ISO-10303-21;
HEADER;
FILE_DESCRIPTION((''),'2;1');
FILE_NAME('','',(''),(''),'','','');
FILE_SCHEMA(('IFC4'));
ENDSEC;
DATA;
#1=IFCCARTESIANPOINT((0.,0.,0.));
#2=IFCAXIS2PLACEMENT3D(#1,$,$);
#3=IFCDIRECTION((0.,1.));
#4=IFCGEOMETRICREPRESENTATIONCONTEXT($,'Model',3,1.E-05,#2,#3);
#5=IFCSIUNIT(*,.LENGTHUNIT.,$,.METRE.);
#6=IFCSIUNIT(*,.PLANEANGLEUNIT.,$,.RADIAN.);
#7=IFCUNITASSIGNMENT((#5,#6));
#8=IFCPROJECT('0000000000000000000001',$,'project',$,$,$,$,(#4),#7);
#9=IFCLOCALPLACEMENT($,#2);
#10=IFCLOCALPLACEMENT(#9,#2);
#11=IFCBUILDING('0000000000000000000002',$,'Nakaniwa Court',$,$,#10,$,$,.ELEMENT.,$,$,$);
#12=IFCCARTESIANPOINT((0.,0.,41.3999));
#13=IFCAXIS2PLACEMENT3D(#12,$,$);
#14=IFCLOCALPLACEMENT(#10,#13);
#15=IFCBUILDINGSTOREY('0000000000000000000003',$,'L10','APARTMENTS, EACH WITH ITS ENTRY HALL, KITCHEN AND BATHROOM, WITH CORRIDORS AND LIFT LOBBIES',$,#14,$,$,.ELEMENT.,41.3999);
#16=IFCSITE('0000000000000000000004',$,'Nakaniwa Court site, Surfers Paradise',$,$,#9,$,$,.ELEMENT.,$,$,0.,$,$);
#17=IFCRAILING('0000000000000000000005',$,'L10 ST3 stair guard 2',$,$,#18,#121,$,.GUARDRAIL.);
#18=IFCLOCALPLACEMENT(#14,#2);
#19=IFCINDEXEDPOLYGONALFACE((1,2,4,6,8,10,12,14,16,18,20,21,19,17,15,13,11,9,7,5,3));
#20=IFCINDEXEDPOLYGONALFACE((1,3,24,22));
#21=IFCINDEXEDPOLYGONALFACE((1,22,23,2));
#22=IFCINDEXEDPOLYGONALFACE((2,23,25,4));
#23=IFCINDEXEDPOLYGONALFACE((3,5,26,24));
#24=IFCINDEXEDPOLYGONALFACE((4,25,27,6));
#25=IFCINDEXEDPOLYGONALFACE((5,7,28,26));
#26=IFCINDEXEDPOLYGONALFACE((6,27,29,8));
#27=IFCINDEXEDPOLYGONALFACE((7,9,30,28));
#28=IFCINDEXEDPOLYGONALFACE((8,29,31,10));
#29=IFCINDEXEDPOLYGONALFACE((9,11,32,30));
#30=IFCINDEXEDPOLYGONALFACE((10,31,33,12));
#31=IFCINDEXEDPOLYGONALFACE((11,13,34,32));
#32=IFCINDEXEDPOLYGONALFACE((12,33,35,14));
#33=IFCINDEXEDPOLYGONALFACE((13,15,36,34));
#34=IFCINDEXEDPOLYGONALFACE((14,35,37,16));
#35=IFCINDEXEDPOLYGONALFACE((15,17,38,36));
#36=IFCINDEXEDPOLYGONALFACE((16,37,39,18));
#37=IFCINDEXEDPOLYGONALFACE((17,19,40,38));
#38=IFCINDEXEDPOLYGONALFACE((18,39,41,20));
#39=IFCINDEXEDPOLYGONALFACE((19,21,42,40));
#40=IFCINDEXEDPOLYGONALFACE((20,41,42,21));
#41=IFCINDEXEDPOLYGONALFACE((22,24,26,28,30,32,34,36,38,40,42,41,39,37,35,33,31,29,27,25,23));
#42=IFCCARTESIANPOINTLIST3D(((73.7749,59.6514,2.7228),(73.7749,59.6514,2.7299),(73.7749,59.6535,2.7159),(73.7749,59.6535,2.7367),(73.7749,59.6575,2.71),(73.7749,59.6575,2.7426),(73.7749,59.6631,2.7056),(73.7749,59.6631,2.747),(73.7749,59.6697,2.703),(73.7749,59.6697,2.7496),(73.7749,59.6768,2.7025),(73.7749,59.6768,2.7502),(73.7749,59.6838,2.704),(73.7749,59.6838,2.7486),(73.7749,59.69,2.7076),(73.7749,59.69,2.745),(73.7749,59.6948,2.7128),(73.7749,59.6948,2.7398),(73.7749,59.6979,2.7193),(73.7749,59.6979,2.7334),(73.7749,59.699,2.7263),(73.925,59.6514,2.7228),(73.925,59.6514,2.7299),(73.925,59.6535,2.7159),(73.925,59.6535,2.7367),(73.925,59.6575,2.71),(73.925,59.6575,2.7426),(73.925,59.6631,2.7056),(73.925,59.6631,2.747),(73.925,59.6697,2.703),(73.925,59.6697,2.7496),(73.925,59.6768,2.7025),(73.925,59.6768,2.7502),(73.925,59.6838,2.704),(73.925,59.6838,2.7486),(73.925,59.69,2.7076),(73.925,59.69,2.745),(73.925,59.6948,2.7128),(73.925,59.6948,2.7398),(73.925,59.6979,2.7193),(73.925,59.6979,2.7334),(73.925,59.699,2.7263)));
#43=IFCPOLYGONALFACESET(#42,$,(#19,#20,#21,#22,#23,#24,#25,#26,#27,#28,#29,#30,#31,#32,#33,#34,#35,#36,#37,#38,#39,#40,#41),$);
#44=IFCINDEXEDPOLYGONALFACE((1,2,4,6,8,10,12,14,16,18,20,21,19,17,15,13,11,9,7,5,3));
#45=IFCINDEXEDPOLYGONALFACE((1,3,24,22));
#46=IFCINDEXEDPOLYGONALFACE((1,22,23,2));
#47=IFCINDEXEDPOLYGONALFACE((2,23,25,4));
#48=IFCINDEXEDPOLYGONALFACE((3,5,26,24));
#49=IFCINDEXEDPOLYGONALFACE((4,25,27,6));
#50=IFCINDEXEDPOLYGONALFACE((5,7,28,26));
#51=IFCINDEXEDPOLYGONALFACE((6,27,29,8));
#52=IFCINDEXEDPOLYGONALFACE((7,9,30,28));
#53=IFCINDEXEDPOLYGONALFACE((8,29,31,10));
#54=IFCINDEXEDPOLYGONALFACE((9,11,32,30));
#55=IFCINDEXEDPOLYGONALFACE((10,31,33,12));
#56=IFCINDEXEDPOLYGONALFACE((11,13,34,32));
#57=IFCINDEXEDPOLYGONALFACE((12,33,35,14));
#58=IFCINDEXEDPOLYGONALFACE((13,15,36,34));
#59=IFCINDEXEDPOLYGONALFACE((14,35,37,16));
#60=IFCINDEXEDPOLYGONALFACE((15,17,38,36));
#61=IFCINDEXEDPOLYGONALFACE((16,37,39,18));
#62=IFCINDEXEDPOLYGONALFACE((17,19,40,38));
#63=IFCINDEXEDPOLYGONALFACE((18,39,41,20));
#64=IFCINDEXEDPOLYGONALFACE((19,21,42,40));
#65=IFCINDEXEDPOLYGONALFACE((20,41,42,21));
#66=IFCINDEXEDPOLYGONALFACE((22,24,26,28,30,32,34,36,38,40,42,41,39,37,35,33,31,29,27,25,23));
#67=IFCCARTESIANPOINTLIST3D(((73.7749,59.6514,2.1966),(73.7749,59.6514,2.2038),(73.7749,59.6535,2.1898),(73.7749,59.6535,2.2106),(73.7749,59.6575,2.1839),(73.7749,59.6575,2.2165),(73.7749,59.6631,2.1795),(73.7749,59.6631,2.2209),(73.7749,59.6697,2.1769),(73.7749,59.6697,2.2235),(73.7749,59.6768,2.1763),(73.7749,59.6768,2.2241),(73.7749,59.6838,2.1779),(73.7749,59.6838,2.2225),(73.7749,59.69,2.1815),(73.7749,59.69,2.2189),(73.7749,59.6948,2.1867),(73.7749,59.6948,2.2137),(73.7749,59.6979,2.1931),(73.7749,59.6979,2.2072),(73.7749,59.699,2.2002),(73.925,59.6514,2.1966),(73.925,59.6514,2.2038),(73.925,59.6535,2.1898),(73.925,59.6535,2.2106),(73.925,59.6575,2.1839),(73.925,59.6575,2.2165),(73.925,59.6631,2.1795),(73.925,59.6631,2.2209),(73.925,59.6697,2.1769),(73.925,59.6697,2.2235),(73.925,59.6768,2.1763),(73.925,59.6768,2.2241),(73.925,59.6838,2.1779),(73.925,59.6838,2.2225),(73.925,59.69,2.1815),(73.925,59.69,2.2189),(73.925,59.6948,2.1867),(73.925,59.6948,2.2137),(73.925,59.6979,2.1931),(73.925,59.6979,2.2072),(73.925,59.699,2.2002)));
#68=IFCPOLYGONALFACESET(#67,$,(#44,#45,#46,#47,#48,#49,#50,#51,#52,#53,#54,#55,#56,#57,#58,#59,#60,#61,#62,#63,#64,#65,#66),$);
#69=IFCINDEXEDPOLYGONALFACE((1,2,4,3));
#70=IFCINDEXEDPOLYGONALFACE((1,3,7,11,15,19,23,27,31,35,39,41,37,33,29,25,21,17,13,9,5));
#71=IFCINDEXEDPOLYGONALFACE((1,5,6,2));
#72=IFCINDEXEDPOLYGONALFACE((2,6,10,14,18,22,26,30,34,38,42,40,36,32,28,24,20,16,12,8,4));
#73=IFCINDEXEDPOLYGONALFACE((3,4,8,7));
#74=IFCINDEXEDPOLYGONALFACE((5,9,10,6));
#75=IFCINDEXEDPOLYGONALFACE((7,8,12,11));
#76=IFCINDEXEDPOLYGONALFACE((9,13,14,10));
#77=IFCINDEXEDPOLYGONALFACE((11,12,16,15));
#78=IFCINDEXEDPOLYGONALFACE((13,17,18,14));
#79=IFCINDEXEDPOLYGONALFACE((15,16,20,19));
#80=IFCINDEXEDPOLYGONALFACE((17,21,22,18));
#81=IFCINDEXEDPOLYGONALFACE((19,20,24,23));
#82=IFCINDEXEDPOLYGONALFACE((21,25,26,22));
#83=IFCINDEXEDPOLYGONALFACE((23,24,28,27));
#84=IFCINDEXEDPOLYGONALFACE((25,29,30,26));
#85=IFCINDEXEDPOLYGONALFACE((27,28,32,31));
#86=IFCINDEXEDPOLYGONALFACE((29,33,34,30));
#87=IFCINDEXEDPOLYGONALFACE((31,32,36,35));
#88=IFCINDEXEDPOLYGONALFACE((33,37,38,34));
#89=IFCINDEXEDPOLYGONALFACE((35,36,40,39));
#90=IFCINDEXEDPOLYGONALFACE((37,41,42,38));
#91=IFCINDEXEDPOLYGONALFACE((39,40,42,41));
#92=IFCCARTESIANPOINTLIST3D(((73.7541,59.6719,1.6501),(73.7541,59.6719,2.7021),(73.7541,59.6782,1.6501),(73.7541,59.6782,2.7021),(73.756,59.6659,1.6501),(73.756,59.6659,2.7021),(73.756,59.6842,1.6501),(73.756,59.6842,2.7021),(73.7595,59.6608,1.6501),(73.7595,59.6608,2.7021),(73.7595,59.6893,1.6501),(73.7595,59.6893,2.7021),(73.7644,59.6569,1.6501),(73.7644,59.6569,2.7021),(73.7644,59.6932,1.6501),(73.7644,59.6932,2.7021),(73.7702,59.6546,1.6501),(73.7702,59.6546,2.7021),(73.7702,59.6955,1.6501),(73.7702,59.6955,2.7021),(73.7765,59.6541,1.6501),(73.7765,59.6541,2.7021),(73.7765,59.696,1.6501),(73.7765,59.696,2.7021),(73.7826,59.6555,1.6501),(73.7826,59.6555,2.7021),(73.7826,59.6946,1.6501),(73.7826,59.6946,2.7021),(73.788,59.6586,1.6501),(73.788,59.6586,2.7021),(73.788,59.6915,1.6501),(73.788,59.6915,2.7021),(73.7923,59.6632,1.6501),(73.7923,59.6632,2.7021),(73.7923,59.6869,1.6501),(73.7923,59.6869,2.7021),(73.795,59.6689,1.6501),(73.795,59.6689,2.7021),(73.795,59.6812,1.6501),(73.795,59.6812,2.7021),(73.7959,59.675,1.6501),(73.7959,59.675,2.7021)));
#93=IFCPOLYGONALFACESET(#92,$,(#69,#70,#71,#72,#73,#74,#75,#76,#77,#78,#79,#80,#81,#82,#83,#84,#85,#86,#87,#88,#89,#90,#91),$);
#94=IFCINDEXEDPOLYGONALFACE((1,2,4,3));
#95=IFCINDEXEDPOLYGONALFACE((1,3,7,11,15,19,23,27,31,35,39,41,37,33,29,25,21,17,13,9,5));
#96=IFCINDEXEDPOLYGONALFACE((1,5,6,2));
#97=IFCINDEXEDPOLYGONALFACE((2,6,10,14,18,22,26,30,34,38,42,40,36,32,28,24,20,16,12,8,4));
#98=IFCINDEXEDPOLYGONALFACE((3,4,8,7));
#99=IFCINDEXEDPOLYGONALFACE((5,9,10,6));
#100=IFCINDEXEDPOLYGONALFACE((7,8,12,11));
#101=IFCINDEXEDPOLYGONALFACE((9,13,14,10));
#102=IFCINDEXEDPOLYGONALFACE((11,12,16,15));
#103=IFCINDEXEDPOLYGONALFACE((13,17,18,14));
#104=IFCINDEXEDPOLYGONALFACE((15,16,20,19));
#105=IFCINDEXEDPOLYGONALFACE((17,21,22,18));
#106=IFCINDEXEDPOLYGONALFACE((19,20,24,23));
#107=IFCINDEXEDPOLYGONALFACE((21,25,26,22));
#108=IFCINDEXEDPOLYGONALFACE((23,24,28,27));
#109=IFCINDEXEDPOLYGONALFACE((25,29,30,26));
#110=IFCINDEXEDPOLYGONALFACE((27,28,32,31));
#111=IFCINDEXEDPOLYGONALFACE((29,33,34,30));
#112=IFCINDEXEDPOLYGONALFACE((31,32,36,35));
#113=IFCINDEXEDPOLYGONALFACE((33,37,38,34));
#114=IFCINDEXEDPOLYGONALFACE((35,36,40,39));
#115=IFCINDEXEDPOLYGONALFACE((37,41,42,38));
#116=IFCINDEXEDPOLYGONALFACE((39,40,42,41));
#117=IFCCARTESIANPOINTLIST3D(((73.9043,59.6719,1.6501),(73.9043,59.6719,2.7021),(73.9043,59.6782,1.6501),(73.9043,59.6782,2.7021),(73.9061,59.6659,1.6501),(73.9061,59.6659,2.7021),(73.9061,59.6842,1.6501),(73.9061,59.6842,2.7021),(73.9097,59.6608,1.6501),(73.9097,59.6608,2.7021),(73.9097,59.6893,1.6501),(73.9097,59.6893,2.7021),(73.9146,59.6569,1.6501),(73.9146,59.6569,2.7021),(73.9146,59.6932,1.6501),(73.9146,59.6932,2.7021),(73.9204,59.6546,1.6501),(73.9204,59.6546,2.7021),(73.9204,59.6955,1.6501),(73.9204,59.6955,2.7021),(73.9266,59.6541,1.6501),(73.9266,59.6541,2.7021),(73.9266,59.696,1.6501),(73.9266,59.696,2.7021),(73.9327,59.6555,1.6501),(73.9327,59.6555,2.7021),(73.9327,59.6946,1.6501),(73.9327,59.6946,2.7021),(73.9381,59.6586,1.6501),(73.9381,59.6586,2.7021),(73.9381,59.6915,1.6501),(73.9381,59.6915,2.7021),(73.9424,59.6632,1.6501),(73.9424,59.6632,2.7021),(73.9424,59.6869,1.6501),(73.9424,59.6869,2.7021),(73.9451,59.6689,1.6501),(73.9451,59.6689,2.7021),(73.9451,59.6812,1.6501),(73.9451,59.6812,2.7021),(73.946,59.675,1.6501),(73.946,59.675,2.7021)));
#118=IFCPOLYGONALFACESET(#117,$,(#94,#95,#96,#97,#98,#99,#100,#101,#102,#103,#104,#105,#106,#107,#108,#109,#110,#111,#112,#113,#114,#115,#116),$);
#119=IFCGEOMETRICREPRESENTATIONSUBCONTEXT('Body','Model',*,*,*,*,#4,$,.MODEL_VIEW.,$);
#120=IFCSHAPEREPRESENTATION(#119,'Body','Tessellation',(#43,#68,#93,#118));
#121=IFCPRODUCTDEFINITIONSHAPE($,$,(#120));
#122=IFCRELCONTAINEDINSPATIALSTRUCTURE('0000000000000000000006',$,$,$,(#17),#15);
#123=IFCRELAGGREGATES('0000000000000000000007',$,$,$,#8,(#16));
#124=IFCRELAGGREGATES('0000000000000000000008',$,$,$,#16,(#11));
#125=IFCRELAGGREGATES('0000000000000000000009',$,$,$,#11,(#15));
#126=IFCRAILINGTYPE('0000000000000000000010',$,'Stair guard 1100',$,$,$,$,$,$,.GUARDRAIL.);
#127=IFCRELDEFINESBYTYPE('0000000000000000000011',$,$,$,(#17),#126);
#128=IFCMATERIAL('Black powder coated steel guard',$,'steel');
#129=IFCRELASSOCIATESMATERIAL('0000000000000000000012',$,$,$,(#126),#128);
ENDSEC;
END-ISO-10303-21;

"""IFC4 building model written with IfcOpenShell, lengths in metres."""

from ifc_helpers import new_model, si_unit, direction, frame, origin, origin_2d, place, context, subcontext, project, spatial, circle, extrude, material, type_object, element, save


model = new_model("IFC4")

# Units and contexts
model_context = context("Model", 3, precision=1e-05, world=origin(), true_north=direction((0.0, 1.0)))
body_context = subcontext(model_context, "Body", "Model", "MODEL_VIEW")
ifc_project = project(units=[si_unit("LENGTHUNIT", "METRE"), si_unit("PLANEANGLEUNIT", "RADIAN")], contexts=[model_context])

# Site, building, storey
site_placement = place(None, origin())
site = spatial("IfcSite", under=ifc_project, at=site_placement, Name="Nakaniwa Court site, Surfers Paradise", CompositionType="ELEMENT", RefElevation=0.0)
building_placement = place(site_placement, origin())
building = spatial("IfcBuilding", under=site, at=building_placement, Name="Nakaniwa Court", CompositionType="ELEMENT")
storey_placement = place(building_placement, frame((0.0, 0.0, 41.3999)))
storey = spatial("IfcBuildingStorey", under=building, at=storey_placement, Name="L10", Description="APARTMENTS, EACH WITH ITS ENTRY HALL, KITCHEN AND BATHROOM, WITH CORRIDORS AND LIFT LOBBIES", CompositionType="ELEMENT", Elevation=41.3999)

# Railing
ifc_material_1 = material(Name="Black powder coated steel guard", Category="steel")
railing_type_1 = type_object("IfcRailingType", Name="Stair guard 1100", PredefinedType="GUARDRAIL", material=ifc_material_1)
railing_1_placement = place(storey_placement, frame((73.7749, 59.675, 1.6501)))
element("IfcRailing", 1, at=railing_1_placement, inside=storey, type_object=railing_type_1, Name="L10 ST3 stair guard 2", PredefinedType="GUARDRAIL", context=body_context, shape_type="SweptSolid", body=[
    extrude(circle(Radius=0.0239, at=origin_2d()), frame((0.0, 0.0, 1.0762), z_axis=(1.0, 0.0, 0.0), x_axis=(0.0, 1.0, 0.0)), (0.0, 0.0, 1.0), 0.1501),
    extrude(circle(Radius=0.0239, at=origin_2d()), frame((0.0, 0.0, 0.55), z_axis=(1.0, 0.0, 0.0), x_axis=(0.0, 1.0, 0.0)), (0.0, 0.0, 1.0), 0.1501),
    extrude(circle(Radius=0.021, at=origin_2d()), origin(), (0.0, 0.0, 1.0), 1.052),
    extrude(circle(Radius=0.021, at=origin_2d()), frame((0.1501, 0.0, 0.0)), (0.0, 0.0, 1.0), 1.052),
])

save(model, "model.ifc")
